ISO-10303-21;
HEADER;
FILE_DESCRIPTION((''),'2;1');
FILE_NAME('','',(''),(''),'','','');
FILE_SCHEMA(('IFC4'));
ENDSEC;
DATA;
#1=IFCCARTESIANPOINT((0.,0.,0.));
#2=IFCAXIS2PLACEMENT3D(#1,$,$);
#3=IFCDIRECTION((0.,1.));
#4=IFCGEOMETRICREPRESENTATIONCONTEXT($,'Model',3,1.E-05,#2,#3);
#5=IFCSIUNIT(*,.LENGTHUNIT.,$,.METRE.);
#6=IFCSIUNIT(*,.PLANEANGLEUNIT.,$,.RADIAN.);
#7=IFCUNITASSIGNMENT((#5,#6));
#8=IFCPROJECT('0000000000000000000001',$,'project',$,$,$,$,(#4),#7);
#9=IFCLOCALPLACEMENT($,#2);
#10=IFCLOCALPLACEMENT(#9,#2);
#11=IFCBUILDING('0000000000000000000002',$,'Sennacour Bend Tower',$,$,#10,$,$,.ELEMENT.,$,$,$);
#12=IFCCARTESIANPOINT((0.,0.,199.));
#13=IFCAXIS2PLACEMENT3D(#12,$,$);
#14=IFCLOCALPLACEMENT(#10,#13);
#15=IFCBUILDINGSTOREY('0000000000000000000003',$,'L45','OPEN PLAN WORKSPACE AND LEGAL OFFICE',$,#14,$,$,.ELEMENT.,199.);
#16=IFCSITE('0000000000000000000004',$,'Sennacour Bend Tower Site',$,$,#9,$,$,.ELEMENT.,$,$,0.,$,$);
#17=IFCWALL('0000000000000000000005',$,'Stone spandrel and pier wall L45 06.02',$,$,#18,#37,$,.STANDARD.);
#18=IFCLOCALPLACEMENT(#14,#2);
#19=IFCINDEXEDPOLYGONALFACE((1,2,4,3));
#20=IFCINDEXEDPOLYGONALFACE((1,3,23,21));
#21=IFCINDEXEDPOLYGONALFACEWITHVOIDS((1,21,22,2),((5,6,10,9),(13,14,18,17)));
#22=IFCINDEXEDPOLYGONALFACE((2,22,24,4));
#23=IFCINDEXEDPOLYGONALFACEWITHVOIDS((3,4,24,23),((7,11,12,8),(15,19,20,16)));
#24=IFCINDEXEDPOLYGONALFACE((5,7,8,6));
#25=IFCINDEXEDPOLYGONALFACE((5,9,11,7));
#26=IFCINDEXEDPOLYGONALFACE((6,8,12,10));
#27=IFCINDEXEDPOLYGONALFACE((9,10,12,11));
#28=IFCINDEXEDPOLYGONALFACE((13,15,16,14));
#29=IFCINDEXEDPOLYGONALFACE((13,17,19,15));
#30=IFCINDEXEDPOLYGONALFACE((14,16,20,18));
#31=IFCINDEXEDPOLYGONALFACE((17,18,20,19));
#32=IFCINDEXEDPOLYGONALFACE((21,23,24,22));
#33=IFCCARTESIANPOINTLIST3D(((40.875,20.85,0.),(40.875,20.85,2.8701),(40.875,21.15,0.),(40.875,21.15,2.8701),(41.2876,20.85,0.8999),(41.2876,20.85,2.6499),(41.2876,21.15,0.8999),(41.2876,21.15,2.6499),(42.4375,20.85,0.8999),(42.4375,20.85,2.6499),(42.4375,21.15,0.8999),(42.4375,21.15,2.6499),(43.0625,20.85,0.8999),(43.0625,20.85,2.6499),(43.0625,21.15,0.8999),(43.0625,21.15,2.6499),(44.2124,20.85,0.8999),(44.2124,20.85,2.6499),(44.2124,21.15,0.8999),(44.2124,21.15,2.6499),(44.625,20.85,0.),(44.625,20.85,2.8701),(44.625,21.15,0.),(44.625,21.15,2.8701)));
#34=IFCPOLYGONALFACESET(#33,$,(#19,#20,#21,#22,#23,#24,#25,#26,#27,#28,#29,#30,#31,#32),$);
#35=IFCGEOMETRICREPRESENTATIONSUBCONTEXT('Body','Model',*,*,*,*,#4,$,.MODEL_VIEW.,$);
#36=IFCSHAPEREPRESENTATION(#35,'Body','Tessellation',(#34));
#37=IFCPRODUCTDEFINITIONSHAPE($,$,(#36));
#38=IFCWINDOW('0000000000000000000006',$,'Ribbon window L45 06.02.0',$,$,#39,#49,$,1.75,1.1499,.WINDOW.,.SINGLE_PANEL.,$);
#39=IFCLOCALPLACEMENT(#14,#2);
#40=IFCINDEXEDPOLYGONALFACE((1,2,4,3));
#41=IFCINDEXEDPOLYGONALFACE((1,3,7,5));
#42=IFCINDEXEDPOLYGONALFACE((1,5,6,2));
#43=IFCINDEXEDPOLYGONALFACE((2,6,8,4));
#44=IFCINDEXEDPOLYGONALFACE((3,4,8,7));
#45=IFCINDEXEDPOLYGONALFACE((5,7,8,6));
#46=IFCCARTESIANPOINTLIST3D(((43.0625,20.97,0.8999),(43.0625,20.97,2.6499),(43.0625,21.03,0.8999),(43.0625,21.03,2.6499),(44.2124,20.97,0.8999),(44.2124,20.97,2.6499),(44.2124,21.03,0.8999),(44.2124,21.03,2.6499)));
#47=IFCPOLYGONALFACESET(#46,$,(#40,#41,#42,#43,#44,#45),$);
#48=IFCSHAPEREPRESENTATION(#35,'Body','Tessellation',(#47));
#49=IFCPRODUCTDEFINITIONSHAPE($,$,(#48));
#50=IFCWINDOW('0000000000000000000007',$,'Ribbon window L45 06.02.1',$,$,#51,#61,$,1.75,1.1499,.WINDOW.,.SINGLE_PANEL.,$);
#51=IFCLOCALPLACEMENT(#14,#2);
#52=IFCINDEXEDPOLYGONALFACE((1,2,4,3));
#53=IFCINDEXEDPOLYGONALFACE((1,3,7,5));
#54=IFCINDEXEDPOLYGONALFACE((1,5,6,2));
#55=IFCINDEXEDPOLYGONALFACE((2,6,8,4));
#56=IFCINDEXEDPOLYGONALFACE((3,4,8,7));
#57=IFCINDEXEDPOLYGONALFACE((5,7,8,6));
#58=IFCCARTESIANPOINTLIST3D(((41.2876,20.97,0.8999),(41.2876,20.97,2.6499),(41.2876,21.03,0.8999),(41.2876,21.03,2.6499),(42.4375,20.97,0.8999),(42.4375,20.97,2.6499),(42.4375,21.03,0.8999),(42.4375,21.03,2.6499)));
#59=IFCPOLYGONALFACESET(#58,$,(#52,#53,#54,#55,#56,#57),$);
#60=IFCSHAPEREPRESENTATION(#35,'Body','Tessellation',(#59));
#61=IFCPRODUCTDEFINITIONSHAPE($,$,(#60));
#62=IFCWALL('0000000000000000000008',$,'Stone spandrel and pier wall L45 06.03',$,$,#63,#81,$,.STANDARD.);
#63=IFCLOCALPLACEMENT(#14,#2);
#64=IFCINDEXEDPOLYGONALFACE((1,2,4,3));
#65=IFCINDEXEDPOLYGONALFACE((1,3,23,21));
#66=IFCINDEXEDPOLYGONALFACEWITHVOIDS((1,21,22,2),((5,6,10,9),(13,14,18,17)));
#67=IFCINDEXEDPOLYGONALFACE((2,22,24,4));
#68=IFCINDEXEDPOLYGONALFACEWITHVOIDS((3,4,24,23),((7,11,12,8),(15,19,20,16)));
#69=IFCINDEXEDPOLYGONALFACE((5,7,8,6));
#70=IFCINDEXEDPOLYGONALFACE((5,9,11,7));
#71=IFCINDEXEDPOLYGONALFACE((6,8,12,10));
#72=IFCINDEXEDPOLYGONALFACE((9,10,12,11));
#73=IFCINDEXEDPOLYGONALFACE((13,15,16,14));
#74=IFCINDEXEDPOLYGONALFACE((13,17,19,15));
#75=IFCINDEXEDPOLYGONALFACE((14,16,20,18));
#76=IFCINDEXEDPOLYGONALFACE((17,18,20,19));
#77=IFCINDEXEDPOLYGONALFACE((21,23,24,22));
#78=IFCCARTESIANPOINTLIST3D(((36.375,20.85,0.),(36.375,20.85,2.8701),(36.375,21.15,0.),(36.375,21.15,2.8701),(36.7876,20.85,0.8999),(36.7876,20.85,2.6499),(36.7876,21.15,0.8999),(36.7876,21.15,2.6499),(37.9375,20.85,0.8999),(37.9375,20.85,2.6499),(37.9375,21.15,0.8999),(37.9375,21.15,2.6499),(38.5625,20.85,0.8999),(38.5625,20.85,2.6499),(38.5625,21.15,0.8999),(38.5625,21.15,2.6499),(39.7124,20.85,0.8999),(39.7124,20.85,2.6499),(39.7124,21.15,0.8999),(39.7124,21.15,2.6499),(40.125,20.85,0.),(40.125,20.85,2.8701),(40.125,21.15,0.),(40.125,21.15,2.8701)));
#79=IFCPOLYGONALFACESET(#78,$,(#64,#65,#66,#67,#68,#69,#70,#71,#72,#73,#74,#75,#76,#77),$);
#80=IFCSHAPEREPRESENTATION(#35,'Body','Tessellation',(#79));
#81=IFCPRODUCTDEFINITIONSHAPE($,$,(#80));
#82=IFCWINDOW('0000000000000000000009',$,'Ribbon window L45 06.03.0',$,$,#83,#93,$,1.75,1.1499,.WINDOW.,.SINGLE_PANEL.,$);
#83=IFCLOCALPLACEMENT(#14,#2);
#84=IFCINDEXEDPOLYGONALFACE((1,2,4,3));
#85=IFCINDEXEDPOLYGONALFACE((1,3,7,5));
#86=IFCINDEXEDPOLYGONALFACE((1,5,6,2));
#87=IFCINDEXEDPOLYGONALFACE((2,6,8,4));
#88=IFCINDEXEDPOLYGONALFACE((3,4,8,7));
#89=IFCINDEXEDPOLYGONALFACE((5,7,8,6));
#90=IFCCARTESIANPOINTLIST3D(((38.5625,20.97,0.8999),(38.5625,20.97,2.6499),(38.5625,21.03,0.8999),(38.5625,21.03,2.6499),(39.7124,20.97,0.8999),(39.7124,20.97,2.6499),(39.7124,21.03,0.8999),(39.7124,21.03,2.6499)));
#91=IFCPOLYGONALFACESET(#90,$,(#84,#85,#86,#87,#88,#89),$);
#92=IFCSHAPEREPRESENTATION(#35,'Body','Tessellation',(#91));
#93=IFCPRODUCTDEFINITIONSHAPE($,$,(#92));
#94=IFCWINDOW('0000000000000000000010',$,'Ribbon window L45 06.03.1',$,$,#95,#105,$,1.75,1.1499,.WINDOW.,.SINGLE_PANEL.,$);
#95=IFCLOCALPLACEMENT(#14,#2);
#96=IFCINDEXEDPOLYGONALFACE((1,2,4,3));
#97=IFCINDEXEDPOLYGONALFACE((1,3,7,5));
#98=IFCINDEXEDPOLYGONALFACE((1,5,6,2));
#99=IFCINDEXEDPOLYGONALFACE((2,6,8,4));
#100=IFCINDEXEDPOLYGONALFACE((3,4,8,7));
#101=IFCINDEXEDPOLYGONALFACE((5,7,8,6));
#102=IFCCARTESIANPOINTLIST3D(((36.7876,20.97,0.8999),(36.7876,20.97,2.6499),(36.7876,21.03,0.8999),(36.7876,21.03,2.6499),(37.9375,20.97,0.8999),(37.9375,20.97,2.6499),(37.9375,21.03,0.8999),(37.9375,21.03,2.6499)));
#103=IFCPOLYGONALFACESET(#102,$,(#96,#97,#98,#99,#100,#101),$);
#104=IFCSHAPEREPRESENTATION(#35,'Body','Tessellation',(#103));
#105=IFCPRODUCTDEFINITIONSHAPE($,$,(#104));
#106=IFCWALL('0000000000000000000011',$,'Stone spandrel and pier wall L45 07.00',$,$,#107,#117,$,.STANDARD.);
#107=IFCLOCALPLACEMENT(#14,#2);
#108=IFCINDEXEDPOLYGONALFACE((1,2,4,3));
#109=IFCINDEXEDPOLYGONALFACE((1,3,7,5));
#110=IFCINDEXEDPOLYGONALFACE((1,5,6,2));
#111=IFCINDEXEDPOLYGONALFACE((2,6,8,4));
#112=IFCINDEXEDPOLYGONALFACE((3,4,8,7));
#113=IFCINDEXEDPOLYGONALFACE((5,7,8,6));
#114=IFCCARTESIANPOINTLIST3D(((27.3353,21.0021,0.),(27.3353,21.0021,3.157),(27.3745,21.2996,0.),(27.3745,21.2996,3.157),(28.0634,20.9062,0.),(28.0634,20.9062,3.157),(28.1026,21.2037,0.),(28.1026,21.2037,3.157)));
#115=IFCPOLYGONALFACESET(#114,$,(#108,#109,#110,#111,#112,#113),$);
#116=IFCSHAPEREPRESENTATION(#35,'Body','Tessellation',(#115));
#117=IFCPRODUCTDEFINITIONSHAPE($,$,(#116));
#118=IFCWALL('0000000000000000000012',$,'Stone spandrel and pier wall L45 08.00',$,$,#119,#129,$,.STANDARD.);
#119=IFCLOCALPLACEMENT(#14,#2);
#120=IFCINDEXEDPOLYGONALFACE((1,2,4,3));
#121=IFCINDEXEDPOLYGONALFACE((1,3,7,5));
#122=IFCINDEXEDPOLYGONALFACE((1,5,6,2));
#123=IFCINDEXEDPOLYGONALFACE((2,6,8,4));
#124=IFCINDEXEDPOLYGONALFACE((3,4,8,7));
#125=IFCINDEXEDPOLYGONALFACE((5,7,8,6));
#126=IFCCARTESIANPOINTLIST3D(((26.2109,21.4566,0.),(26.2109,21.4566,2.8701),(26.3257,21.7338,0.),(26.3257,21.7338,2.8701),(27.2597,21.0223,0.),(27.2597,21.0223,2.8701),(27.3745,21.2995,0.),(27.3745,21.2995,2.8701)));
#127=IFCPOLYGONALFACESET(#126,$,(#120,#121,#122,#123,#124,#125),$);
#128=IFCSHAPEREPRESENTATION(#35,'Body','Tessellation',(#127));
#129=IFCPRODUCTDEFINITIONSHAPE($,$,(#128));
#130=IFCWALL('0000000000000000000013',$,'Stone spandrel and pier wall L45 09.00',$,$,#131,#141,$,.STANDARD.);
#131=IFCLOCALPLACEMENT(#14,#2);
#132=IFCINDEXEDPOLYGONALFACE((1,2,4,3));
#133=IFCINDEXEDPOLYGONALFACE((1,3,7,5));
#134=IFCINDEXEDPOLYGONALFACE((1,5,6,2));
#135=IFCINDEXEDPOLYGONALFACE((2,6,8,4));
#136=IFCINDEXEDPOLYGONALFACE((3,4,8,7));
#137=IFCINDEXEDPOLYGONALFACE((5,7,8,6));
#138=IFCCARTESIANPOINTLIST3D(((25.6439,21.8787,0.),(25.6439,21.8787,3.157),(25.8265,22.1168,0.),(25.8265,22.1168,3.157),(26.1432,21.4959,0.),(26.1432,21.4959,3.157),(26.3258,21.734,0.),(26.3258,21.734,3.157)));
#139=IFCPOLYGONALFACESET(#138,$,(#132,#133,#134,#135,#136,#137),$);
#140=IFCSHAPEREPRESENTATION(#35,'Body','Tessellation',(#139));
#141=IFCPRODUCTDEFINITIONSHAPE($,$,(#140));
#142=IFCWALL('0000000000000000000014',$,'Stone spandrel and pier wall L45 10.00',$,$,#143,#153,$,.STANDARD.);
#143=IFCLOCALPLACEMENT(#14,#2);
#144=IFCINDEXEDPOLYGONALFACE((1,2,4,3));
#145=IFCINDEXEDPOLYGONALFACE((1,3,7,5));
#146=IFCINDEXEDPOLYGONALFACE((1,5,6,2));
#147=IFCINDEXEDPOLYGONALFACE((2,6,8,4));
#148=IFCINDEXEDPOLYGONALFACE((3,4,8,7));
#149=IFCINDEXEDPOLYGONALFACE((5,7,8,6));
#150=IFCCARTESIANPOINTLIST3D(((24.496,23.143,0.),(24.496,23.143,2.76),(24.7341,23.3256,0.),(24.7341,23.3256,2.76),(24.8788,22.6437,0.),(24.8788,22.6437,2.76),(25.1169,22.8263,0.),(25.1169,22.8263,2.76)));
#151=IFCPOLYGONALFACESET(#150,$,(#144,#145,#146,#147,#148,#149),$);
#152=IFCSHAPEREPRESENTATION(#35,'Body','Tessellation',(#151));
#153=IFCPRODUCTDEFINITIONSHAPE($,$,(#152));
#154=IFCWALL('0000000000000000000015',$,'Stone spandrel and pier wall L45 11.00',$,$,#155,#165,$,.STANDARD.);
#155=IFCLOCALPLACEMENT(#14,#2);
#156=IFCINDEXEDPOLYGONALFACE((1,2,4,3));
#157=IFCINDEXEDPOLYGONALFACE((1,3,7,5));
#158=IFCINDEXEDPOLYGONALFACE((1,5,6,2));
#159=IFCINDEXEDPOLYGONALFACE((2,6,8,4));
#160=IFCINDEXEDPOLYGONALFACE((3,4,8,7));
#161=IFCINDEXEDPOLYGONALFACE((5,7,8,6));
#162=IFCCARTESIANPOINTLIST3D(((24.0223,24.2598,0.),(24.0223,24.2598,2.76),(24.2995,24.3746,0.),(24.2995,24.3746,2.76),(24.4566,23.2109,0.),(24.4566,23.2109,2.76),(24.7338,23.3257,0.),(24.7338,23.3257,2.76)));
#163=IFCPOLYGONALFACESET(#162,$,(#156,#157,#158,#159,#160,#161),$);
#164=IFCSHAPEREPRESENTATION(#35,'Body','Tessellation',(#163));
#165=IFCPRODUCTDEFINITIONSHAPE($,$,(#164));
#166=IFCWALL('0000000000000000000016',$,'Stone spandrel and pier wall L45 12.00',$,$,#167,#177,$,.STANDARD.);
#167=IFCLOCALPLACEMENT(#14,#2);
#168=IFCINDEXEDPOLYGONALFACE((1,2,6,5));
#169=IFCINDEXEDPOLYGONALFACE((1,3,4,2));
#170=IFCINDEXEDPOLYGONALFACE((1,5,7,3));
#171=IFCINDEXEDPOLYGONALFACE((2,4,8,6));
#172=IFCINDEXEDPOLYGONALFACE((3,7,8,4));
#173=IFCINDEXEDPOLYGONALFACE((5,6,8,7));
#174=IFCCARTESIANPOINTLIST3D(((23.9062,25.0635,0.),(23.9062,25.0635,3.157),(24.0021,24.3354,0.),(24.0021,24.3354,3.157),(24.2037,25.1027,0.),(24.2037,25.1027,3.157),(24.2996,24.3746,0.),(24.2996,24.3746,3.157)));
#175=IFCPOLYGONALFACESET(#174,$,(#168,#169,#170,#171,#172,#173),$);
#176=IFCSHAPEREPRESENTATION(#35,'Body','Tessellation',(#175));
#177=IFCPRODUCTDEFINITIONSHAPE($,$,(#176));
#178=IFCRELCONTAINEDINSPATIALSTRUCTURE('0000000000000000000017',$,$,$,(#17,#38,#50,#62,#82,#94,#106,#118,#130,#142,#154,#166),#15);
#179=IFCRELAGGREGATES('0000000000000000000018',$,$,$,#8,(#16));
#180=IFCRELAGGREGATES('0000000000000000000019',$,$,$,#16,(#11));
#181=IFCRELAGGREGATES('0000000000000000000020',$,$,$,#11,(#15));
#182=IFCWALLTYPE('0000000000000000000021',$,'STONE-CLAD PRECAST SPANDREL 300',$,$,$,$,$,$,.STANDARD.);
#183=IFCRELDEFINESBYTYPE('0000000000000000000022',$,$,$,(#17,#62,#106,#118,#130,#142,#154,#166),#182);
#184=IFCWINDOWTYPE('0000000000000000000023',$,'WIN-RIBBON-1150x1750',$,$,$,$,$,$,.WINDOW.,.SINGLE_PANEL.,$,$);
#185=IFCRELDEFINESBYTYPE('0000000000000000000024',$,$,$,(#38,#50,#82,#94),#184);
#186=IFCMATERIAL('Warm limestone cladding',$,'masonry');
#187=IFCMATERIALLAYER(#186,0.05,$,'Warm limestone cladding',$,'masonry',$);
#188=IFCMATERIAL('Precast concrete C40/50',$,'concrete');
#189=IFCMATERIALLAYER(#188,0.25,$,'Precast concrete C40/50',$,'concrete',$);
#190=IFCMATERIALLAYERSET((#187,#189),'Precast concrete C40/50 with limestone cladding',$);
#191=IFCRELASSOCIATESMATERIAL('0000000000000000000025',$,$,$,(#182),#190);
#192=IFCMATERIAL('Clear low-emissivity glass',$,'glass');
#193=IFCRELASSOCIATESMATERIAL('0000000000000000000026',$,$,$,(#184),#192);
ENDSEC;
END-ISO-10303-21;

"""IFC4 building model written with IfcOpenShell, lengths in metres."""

from ifc_helpers import new_model, si_unit, direction, frame, frame_2d, origin, place, context, subcontext, project, spatial, rectangle, extrude, material, layer, layer_set, type_object, element, fill, save


model = new_model("IFC4")

# Units and contexts
model_context = context("Model", 3, precision=1e-05, world=origin(), true_north=direction((0.0, 1.0)))
body_context = subcontext(model_context, "Body", "Model", "MODEL_VIEW")
ifc_project = project(units=[si_unit("LENGTHUNIT", "METRE"), si_unit("PLANEANGLEUNIT", "RADIAN")], contexts=[model_context])

# Site, building, storey
site_placement = place(None, origin())
site = spatial("IfcSite", under=ifc_project, at=site_placement, Name="Sennacour Bend Tower Site", CompositionType="ELEMENT", RefElevation=0.0)
building_placement = place(site_placement, origin())
building = spatial("IfcBuilding", under=site, at=building_placement, Name="Sennacour Bend Tower", CompositionType="ELEMENT")
storey_placement = place(building_placement, frame((0.0, 0.0, 199.0)))
storey = spatial("IfcBuildingStorey", under=building, at=storey_placement, Name="L45", Description="OPEN PLAN WORKSPACE AND LEGAL OFFICE", CompositionType="ELEMENT", Elevation=199.0)

# Walls, openings, windows
ifc_material_1 = material(Name="Warm limestone cladding", Category="masonry")
ifc_layer_1 = layer(ifc_material_1, 0.05, Name="Warm limestone cladding", Category="masonry")
ifc_material_2 = material(Name="Precast concrete C40/50", Category="concrete")
ifc_layer_2 = layer(ifc_material_2, 0.25, Name="Precast concrete C40/50", Category="concrete")
ifc_layer_set = layer_set([ifc_layer_1, ifc_layer_2], Name="Precast concrete C40/50 with limestone cladding")
wall_type = type_object("IfcWallType", Name="STONE-CLAD PRECAST SPANDREL 300", PredefinedType="STANDARD", material=ifc_layer_set)
wall_1_placement = place(storey_placement, frame((44.625, 21.0, 0.0), z_axis=(0.0, 0.0, 1.0), x_axis=(-1.0, 0.0, 0.0)))
wall_1 = element("IfcWall", 1, at=wall_1_placement, inside=storey, type_object=wall_type, Name="Stone spandrel and pier wall L45 06.02", PredefinedType="STANDARD", context=body_context, shape_type="SweptSolid", body=[
    extrude(rectangle(XDim=3.75, YDim=0.3, at=frame_2d((1.875, 0.0))), origin(), (0.0, 0.0, 1.0), 2.8701),
])
opening_1_placement = place(wall_1_placement, frame((0.4126, 0.0, 0.8999)))
opening_1 = element("IfcOpeningElement", 2, at=opening_1_placement, cuts=wall_1, PredefinedType="OPENING", context=body_context, shape_type="SweptSolid", body=[
    extrude(rectangle(XDim=1.1499, YDim=1.75, at=frame_2d((0.575, 0.875))), frame((0.0, 0.1602, 0.0), z_axis=(0.0, -1.0, 0.0), x_axis=(1.0, 0.0, 0.0)), (0.0, 0.0, 1.0), 0.3201),
])
opening_2_placement = place(wall_1_placement, frame((2.1875, 0.0, 0.8999)))
opening_2 = element("IfcOpeningElement", 3, at=opening_2_placement, cuts=wall_1, PredefinedType="OPENING", context=body_context, shape_type="SweptSolid", body=[
    extrude(rectangle(XDim=1.1499, YDim=1.75, at=frame_2d((0.575, 0.875))), frame((0.0, 0.1602, 0.0), z_axis=(0.0, -1.0, 0.0), x_axis=(1.0, 0.0, 0.0)), (0.0, 0.0, 1.0), 0.3201),
])
ifc_material_3 = material(Name="Clear low-emissivity glass", Category="glass")
window_type_1 = type_object("IfcWindowType", Name="WIN-RIBBON-1150x1750", PartitioningType="SINGLE_PANEL", PredefinedType="WINDOW", material=ifc_material_3)
window_1_placement = place(opening_1_placement, origin())
window_1 = element("IfcWindow", 4, at=window_1_placement, inside=storey, type_object=window_type_1, Name="Ribbon window L45 06.02.0", OverallHeight=1.75, OverallWidth=1.1499, PartitioningType="SINGLE_PANEL", PredefinedType="WINDOW", context=body_context, shape_type="SweptSolid", body=[
    extrude(rectangle(XDim=1.1499, YDim=1.75, at=frame_2d((0.575, 0.875))), frame((0.0, 0.03, 0.0), z_axis=(0.0, -1.0, 0.0), x_axis=(1.0, 0.0, 0.0)), (0.0, 0.0, 1.0), 0.0601),
])
fill(opening_1, window_1)
window_2_placement = place(opening_2_placement, origin())
window_2 = element("IfcWindow", 5, at=window_2_placement, inside=storey, type_object=window_type_1, Name="Ribbon window L45 06.02.1", OverallHeight=1.75, OverallWidth=1.1499, PartitioningType="SINGLE_PANEL", PredefinedType="WINDOW", context=body_context, shape_type="SweptSolid", body=[
    extrude(rectangle(XDim=1.1499, YDim=1.75, at=frame_2d((0.575, 0.875))), frame((0.0, 0.03, 0.0), z_axis=(0.0, -1.0, 0.0), x_axis=(1.0, 0.0, 0.0)), (0.0, 0.0, 1.0), 0.0601),
])
fill(opening_2, window_2)
wall_2_placement = place(storey_placement, frame((40.125, 21.0, 0.0), z_axis=(0.0, 0.0, 1.0), x_axis=(-1.0, 0.0, 0.0)))
wall_2 = element("IfcWall", 6, at=wall_2_placement, inside=storey, type_object=wall_type, Name="Stone spandrel and pier wall L45 06.03", PredefinedType="STANDARD", context=body_context, shape_type="SweptSolid", body=[
    extrude(rectangle(XDim=3.75, YDim=0.3, at=frame_2d((1.875, 0.0))), origin(), (0.0, 0.0, 1.0), 2.8701),
])
opening_3_placement = place(wall_2_placement, frame((0.4126, 0.0, 0.8999)))
opening_3 = element("IfcOpeningElement", 7, at=opening_3_placement, cuts=wall_2, PredefinedType="OPENING", context=body_context, shape_type="SweptSolid", body=[
    extrude(rectangle(XDim=1.1499, YDim=1.75, at=frame_2d((0.575, 0.875))), frame((0.0, 0.1602, 0.0), z_axis=(0.0, -1.0, 0.0), x_axis=(1.0, 0.0, 0.0)), (0.0, 0.0, 1.0), 0.3201),
])
opening_4_placement = place(wall_2_placement, frame((2.1875, 0.0, 0.8999)))
opening_4 = element("IfcOpeningElement", 8, at=opening_4_placement, cuts=wall_2, PredefinedType="OPENING", context=body_context, shape_type="SweptSolid", body=[
    extrude(rectangle(XDim=1.1499, YDim=1.75, at=frame_2d((0.575, 0.875))), frame((0.0, 0.1602, 0.0), z_axis=(0.0, -1.0, 0.0), x_axis=(1.0, 0.0, 0.0)), (0.0, 0.0, 1.0), 0.3201),
])
window_3_placement = place(opening_3_placement, origin())
window_3 = element("IfcWindow", 9, at=window_3_placement, inside=storey, type_object=window_type_1, Name="Ribbon window L45 06.03.0", OverallHeight=1.75, OverallWidth=1.1499, PartitioningType="SINGLE_PANEL", PredefinedType="WINDOW", context=body_context, shape_type="SweptSolid", body=[
    extrude(rectangle(XDim=1.1499, YDim=1.75, at=frame_2d((0.575, 0.875))), frame((0.0, 0.03, 0.0), z_axis=(0.0, -1.0, 0.0), x_axis=(1.0, 0.0, 0.0)), (0.0, 0.0, 1.0), 0.0601),
])
fill(opening_3, window_3)
window_4_placement = place(opening_4_placement, origin())
window_4 = element("IfcWindow", 10, at=window_4_placement, inside=storey, type_object=window_type_1, Name="Ribbon window L45 06.03.1", OverallHeight=1.75, OverallWidth=1.1499, PartitioningType="SINGLE_PANEL", PredefinedType="WINDOW", context=body_context, shape_type="SweptSolid", body=[
    extrude(rectangle(XDim=1.1499, YDim=1.75, at=frame_2d((0.575, 0.875))), frame((0.0, 0.03, 0.0), z_axis=(0.0, -1.0, 0.0), x_axis=(1.0, 0.0, 0.0)), (0.0, 0.0, 1.0), 0.0601),
])
fill(opening_4, window_4)

# Walls
wall_3_placement = place(storey_placement, frame((28.083, 21.0549, 0.0), z_axis=(0.0, 0.0, 1.0), x_axis=(-0.991427, 0.130661, 0.0)))
element("IfcWall", 11, at=wall_3_placement, inside=storey, type_object=wall_type, Name="Stone spandrel and pier wall L45 07.00", PredefinedType="STANDARD", context=body_context, shape_type="SweptSolid", body=[
    extrude(rectangle(XDim=0.7344, YDim=0.3, at=frame_2d((0.3672, 0.0))), origin(), (0.0, 0.0, 1.0), 3.157),
])
wall_4_placement = place(storey_placement, frame((27.3171, 21.1609, 0.0), z_axis=(0.0, 0.0, 1.0), x_axis=(-0.923915, 0.382599, 0.0)))
element("IfcWall", 12, at=wall_4_placement, inside=storey, type_object=wall_type, Name="Stone spandrel and pier wall L45 08.00", PredefinedType="STANDARD", context=body_context, shape_type="SweptSolid", body=[
    extrude(rectangle(XDim=1.1353, YDim=0.3, at=frame_2d((0.5676, 0.0))), origin(), (0.0, 0.0, 1.0), 2.8701),
])
wall_5_placement = place(storey_placement, frame((26.2344, 21.615, 0.0), z_axis=(0.0, 0.0, 1.0), x_axis=(-0.793575, 0.608472, 0.0)))
element("IfcWall", 13, at=wall_5_placement, inside=storey, type_object=wall_type, Name="Stone spandrel and pier wall L45 09.00", PredefinedType="STANDARD", context=body_context, shape_type="SweptSolid", body=[
    extrude(rectangle(XDim=0.6292, YDim=0.3, at=frame_2d((0.3145, 0.0))), origin(), (0.0, 0.0, 1.0), 3.157),
])
wall_6_placement = place(storey_placement, frame((24.9978, 22.7351, 0.0), z_axis=(0.0, 0.0, 1.0), x_axis=(-0.608472, 0.793575, 0.0)))
element("IfcWall", 14, at=wall_6_placement, inside=storey, type_object=wall_type, Name="Stone spandrel and pier wall L45 10.00", PredefinedType="STANDARD", context=body_context, shape_type="SweptSolid", body=[
    extrude(rectangle(XDim=0.6292, YDim=0.3, at=frame_2d((0.3145, 0.0))), origin(), (0.0, 0.0, 1.0), 2.76),
])
wall_7_placement = place(storey_placement, frame((24.5952, 23.2683, 0.0), z_axis=(0.0, 0.0, 1.0), x_axis=(-0.382599, 0.923915, 0.0)))
element("IfcWall", 15, at=wall_7_placement, inside=storey, type_object=wall_type, Name="Stone spandrel and pier wall L45 11.00", PredefinedType="STANDARD", context=body_context, shape_type="SweptSolid", body=[
    extrude(rectangle(XDim=1.1353, YDim=0.3, at=frame_2d((0.5676, 0.0))), origin(), (0.0, 0.0, 1.0), 2.76),
])
wall_8_placement = place(storey_placement, frame((24.1509, 24.355, 0.0), z_axis=(0.0, 0.0, 1.0), x_axis=(-0.130661, 0.991427, 0.0)))
element("IfcWall", 16, at=wall_8_placement, inside=storey, type_object=wall_type, Name="Stone spandrel and pier wall L45 12.00", PredefinedType="STANDARD", context=body_context, shape_type="SweptSolid", body=[
    extrude(rectangle(XDim=0.7344, YDim=0.3, at=frame_2d((0.3672, 0.0))), origin(), (0.0, 0.0, 1.0), 3.157),
])

save(model, "model.ifc")
